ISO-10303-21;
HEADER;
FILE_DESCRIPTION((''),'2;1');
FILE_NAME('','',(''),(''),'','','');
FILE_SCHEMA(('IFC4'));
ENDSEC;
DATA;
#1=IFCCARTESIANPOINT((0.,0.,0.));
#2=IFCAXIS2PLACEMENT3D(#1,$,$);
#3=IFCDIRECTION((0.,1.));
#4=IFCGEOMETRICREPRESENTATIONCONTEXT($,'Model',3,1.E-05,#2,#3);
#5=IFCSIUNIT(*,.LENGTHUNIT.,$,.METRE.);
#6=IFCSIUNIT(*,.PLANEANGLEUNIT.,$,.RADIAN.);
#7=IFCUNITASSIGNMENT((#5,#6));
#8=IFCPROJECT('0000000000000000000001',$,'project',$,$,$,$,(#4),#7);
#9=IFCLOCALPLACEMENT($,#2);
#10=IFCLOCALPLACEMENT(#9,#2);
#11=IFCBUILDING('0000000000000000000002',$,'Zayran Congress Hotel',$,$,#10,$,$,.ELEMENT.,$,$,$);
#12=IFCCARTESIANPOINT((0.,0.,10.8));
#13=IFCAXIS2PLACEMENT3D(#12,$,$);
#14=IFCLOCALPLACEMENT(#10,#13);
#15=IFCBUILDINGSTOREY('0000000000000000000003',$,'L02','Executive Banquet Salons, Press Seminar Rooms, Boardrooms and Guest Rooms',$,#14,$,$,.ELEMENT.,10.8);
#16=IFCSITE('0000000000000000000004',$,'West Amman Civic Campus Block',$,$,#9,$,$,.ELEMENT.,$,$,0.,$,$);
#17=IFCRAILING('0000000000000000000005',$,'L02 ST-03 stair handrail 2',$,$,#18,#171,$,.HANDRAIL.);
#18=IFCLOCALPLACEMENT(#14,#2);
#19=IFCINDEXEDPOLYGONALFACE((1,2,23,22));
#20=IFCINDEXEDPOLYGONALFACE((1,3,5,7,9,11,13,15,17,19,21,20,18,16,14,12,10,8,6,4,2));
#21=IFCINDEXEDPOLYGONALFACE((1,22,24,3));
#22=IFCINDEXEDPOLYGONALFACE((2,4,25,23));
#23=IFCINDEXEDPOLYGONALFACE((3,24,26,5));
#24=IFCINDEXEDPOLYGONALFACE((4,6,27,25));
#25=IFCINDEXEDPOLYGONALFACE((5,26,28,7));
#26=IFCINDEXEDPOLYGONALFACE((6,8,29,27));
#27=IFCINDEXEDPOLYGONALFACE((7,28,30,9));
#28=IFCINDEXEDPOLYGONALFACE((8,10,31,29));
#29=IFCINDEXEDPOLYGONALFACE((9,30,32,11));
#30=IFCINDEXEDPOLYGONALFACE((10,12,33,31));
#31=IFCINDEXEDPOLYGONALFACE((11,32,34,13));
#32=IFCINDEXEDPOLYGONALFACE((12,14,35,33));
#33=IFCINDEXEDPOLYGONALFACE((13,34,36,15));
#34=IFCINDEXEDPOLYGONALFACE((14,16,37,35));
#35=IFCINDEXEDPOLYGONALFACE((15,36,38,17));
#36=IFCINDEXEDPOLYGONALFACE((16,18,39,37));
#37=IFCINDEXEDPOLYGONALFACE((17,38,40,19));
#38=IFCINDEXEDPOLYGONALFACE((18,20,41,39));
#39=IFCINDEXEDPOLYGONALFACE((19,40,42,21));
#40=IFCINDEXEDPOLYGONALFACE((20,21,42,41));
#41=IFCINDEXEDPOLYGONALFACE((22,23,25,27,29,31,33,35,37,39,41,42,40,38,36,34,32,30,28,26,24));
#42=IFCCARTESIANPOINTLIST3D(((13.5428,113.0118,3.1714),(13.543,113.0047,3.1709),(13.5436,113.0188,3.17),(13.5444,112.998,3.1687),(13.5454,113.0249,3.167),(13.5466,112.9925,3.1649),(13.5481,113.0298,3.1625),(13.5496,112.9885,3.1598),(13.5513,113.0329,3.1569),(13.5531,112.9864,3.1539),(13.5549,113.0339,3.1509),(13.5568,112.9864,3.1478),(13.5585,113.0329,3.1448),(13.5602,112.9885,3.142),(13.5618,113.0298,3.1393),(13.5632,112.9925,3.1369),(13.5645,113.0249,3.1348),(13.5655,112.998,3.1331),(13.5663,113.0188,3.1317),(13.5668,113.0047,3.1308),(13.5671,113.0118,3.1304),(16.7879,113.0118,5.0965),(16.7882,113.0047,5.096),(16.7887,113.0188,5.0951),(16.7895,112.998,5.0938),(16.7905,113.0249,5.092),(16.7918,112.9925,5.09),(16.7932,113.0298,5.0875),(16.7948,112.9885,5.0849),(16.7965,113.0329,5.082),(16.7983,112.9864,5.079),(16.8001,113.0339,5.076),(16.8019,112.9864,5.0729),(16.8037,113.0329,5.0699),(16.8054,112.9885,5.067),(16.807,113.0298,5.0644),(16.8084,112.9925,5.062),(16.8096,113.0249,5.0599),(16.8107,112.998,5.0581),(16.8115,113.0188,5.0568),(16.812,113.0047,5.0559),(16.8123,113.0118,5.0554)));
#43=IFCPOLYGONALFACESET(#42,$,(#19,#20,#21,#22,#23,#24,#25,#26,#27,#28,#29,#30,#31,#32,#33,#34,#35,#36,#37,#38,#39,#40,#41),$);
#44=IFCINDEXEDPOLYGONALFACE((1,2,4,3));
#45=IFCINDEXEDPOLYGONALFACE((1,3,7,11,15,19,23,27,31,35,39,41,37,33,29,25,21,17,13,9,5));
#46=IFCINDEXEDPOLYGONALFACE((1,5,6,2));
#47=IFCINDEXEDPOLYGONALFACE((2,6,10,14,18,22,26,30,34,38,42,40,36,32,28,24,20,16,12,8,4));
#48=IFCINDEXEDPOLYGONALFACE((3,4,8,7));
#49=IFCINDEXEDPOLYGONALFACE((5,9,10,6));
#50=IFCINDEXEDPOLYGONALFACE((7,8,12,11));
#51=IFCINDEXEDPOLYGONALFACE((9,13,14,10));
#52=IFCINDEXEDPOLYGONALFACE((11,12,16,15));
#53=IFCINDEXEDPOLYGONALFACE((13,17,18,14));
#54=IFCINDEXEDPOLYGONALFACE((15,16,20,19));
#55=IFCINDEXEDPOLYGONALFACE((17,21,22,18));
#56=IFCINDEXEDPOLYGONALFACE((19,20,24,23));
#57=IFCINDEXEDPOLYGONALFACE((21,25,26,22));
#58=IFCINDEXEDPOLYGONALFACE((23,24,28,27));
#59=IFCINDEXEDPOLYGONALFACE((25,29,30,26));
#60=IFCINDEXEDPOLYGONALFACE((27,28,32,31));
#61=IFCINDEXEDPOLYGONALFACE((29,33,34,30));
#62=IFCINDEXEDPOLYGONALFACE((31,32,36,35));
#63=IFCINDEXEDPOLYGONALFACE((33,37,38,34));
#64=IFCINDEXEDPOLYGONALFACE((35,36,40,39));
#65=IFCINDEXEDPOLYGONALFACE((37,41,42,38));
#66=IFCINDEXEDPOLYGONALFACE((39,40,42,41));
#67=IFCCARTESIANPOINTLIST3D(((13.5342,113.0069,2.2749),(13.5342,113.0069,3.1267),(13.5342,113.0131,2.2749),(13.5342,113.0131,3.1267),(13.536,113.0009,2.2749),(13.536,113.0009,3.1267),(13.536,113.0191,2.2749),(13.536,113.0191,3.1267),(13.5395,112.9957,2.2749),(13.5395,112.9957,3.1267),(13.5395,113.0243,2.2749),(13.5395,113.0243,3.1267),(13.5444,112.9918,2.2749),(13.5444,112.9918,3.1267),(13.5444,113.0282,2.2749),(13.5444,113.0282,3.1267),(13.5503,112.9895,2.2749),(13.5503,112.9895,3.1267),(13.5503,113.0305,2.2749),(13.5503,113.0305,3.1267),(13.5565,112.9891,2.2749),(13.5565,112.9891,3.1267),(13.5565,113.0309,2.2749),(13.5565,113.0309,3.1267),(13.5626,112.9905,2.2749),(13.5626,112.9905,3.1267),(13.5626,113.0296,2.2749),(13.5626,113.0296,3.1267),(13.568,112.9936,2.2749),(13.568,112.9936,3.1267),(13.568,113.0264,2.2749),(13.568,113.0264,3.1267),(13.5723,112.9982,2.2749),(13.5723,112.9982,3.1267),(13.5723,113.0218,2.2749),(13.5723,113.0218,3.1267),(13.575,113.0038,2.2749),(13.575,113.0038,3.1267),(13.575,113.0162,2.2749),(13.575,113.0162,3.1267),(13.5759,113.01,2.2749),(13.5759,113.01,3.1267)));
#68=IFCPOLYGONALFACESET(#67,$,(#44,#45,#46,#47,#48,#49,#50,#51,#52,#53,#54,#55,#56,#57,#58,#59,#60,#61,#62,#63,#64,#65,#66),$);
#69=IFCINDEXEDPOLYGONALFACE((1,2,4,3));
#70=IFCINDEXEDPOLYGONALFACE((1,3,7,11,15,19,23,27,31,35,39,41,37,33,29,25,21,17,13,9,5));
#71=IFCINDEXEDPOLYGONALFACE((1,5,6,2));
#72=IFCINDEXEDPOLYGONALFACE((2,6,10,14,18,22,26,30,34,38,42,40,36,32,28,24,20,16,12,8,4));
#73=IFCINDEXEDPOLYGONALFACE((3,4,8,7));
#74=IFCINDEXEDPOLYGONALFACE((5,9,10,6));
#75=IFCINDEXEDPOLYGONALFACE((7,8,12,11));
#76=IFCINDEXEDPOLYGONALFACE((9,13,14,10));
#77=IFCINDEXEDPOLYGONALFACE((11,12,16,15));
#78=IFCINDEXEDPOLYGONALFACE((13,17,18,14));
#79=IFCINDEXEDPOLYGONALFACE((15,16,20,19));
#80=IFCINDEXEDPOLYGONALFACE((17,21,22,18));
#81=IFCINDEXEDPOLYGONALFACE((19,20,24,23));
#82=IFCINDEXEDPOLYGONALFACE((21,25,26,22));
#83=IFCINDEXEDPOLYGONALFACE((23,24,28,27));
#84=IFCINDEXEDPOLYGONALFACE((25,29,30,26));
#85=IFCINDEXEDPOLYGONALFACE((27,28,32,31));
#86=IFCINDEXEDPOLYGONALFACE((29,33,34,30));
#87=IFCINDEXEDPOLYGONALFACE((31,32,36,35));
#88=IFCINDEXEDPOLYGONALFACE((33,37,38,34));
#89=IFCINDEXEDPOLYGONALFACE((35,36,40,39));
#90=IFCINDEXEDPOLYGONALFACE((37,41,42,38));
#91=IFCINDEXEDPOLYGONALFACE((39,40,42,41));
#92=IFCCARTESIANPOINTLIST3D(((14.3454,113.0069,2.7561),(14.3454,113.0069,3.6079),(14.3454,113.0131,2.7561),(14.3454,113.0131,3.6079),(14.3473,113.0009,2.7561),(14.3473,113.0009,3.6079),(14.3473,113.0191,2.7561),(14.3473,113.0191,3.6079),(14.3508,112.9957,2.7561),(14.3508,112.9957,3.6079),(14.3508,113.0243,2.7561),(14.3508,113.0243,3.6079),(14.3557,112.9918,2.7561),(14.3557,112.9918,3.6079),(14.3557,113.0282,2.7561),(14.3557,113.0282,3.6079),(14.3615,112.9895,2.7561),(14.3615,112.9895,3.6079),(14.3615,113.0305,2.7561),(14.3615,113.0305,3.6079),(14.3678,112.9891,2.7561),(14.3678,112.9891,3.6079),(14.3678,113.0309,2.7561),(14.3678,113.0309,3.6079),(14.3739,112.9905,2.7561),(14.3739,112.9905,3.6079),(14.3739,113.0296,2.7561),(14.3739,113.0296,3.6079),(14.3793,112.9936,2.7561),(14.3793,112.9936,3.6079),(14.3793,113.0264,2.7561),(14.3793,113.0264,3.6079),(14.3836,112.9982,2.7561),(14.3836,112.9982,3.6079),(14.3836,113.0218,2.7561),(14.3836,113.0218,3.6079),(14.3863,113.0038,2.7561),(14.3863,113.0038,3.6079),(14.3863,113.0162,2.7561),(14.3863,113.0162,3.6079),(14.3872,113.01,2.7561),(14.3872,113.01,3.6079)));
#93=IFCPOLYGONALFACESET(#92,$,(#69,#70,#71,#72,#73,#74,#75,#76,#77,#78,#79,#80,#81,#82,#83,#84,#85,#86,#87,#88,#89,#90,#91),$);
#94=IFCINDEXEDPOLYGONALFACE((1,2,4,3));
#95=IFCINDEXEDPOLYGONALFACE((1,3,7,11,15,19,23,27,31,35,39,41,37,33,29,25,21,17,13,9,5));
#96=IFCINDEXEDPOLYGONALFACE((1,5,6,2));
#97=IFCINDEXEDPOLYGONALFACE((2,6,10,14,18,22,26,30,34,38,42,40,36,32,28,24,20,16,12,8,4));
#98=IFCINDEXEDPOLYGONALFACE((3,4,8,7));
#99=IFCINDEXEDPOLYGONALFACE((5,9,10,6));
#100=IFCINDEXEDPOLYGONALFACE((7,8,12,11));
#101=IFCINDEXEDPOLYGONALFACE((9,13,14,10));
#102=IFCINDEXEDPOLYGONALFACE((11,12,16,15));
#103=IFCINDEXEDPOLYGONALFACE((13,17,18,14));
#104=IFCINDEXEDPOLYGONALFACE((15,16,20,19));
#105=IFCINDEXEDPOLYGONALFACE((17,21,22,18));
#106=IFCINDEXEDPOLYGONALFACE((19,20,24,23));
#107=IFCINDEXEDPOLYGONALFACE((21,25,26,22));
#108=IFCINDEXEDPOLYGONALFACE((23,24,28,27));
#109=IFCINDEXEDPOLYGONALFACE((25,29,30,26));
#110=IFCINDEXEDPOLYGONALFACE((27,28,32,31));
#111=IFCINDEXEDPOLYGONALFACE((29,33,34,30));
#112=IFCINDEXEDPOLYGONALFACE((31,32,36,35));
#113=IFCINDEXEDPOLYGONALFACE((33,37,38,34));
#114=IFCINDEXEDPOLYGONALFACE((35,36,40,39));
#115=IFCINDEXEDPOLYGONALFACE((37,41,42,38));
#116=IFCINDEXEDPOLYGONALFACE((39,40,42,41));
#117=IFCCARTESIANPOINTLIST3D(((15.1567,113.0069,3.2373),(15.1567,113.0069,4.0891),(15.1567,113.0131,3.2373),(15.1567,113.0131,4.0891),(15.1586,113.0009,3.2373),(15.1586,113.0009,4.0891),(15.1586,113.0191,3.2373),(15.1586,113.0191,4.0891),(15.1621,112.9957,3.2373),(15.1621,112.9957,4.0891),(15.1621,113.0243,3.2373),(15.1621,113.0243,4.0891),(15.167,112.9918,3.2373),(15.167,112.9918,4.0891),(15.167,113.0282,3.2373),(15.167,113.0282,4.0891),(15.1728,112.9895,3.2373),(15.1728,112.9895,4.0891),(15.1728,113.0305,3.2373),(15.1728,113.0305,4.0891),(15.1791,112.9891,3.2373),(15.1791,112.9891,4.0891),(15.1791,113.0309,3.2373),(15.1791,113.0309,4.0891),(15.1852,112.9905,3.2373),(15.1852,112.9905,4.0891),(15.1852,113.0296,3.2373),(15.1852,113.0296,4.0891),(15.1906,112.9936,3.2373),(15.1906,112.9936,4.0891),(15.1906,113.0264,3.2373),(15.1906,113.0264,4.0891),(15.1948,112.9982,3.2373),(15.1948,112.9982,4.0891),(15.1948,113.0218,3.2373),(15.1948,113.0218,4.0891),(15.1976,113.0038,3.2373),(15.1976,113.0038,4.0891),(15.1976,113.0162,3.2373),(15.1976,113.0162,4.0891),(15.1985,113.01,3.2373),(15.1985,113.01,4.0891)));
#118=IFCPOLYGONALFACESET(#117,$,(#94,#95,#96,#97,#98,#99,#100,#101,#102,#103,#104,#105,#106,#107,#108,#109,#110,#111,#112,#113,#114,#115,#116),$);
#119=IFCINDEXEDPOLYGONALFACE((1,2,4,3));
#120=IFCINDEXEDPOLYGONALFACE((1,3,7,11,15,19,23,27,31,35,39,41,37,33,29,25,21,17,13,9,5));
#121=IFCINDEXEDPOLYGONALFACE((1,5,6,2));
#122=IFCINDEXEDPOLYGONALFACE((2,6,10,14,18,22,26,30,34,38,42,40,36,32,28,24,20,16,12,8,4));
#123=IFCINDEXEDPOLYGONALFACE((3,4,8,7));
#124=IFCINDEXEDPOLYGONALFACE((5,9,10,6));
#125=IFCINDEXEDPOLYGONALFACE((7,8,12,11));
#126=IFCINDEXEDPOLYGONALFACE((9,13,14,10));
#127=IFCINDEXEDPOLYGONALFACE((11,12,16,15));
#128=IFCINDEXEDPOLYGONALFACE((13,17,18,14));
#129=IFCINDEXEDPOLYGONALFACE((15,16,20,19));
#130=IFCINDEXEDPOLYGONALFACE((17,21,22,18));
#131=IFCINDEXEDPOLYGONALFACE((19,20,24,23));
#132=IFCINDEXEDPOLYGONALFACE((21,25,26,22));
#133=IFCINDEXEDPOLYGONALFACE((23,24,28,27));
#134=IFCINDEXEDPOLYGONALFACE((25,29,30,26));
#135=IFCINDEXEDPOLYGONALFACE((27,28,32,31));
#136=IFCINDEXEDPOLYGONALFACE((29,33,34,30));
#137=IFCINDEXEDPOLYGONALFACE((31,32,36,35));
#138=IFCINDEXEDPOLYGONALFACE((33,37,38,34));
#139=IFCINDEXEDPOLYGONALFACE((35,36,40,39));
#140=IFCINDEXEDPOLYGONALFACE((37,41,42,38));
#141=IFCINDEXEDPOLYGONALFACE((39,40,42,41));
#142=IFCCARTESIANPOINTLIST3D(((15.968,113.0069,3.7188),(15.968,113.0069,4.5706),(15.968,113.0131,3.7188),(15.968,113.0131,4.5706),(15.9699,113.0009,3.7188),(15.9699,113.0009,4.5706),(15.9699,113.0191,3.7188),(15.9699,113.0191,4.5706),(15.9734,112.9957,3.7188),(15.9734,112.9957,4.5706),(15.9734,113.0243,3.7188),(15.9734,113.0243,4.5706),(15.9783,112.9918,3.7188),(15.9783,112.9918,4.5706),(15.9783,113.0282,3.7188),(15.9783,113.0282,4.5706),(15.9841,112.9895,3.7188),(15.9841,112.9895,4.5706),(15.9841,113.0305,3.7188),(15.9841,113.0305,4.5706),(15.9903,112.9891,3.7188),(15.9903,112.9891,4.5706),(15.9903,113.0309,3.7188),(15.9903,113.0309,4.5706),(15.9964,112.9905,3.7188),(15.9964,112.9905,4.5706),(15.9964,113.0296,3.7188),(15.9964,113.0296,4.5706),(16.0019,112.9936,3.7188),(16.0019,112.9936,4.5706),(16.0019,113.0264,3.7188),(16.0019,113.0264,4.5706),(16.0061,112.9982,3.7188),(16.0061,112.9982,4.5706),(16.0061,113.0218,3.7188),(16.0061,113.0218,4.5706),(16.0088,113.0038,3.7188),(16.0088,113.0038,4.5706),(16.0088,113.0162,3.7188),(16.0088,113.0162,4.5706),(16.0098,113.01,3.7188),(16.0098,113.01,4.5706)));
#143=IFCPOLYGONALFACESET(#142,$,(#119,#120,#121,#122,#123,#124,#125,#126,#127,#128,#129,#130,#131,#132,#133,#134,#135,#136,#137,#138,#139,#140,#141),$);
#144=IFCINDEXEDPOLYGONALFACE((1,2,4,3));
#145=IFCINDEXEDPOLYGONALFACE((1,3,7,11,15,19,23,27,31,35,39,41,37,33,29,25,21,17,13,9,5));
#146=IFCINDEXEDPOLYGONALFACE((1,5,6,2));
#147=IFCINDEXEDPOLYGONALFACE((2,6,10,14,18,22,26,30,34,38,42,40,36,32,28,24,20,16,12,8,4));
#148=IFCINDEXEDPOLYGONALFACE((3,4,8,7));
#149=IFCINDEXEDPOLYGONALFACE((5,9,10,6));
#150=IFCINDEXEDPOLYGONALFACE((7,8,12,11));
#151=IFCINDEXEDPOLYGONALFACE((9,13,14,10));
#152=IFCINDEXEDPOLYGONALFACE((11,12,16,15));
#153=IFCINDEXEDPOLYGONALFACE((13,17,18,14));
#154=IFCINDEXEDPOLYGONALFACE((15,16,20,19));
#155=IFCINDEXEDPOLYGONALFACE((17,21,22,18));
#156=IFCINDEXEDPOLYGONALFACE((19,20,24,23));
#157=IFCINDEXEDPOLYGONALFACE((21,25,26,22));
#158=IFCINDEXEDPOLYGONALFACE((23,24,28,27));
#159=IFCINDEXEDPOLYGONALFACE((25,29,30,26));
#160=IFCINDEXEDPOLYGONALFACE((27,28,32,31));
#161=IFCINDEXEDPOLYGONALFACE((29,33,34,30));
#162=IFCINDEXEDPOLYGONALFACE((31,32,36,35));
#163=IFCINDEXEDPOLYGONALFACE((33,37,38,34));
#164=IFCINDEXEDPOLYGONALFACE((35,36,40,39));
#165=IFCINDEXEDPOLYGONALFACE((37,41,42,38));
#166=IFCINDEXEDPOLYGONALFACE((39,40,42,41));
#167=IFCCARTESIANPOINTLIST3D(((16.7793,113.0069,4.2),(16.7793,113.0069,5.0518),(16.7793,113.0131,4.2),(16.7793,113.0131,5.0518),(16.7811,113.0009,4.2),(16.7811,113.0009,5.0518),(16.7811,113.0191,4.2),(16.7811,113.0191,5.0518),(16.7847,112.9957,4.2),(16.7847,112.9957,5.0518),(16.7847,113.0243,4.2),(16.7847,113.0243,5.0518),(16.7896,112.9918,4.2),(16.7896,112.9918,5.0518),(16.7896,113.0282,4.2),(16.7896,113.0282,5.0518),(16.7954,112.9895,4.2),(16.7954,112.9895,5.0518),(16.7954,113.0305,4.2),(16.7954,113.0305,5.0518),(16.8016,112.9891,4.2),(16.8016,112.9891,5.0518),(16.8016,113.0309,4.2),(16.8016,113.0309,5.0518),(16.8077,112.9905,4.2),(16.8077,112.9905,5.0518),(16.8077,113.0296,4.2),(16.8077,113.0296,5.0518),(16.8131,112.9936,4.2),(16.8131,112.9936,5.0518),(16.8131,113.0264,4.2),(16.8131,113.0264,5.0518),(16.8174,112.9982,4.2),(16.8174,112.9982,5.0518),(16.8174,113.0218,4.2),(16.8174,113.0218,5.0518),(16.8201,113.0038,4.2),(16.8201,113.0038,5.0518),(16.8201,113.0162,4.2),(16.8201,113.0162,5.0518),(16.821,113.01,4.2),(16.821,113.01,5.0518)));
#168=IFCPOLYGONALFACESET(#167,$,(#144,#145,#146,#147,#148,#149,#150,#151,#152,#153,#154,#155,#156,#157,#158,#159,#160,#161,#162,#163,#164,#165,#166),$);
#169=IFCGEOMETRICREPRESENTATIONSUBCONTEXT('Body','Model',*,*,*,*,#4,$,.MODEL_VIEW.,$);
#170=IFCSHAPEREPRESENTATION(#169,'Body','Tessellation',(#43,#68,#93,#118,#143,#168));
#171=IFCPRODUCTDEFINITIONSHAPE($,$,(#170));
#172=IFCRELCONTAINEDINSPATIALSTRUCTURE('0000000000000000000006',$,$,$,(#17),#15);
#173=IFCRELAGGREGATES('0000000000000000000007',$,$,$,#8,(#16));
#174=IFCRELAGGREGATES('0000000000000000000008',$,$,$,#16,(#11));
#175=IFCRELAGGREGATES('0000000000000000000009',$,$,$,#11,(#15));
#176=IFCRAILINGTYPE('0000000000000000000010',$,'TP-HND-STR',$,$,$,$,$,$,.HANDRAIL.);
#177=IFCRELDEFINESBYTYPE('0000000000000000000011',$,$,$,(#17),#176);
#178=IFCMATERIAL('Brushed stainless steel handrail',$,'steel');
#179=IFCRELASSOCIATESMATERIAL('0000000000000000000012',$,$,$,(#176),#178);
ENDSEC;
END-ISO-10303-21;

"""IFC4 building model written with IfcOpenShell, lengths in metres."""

from ifc_helpers import new_model, si_unit, direction, frame, origin, origin_2d, place, context, subcontext, project, spatial, circle, extrude, material, type_object, element, save


model = new_model("IFC4")

# Units and contexts
model_context = context("Model", 3, precision=1e-05, world=origin(), true_north=direction((0.0, 1.0)))
body_context = subcontext(model_context, "Body", "Model", "MODEL_VIEW")
ifc_project = project(units=[si_unit("LENGTHUNIT", "METRE"), si_unit("PLANEANGLEUNIT", "RADIAN")], contexts=[model_context])

# Site, building, storey
site_placement = place(None, origin())
site = spatial("IfcSite", under=ifc_project, at=site_placement, Name="West Amman Civic Campus Block", CompositionType="ELEMENT", RefElevation=0.0)
building_placement = place(site_placement, origin())
building = spatial("IfcBuilding", under=site, at=building_placement, Name="Zayran Congress Hotel", CompositionType="ELEMENT")
storey_placement = place(building_placement, frame((0.0, 0.0, 10.8)))
storey = spatial("IfcBuildingStorey", under=building, at=storey_placement, Name="L02", Description="Executive Banquet Salons, Press Seminar Rooms, Boardrooms and Guest Rooms", CompositionType="ELEMENT", Elevation=10.8)

# Railing
ifc_material_1 = material(Name="Brushed stainless steel handrail", Category="steel")
railing_type_1 = type_object("IfcRailingType", Name="TP-HND-STR", PredefinedType="HANDRAIL", material=ifc_material_1)
railing_1_placement = place(storey_placement, frame((13.5549, 113.01, 2.2749)))
element("IfcRailing", 1, at=railing_1_placement, inside=storey, type_object=railing_type_1, Name="L02 ST-03 stair handrail 2", PredefinedType="HANDRAIL", context=body_context, shape_type="SweptSolid", body=[
    extrude(circle(Radius=0.0239, at=origin_2d()), frame((0.0, 0.0, 0.876), z_axis=(0.860057, 0.0, 0.510198), x_axis=(0.0, 1.0, 0.0)), (0.0, 0.0, 1.0), 3.7732),
    extrude(circle(Radius=0.021, at=origin_2d()), origin(), (0.0, 0.0, 1.0), 0.8518),
    extrude(circle(Radius=0.021, at=origin_2d()), frame((0.8113, 0.0, 0.4812)), (0.0, 0.0, 1.0), 0.8518),
    extrude(circle(Radius=0.021, at=origin_2d()), frame((1.6226, 0.0, 0.9624)), (0.0, 0.0, 1.0), 0.8518),
    extrude(circle(Radius=0.021, at=origin_2d()), frame((2.4338, 0.0, 1.4438)), (0.0, 0.0, 1.0), 0.8518),
    extrude(circle(Radius=0.021, at=origin_2d()), frame((3.2451, 0.0, 1.925)), (0.0, 0.0, 1.0), 0.8518),
])

save(model, "model.ifc")
